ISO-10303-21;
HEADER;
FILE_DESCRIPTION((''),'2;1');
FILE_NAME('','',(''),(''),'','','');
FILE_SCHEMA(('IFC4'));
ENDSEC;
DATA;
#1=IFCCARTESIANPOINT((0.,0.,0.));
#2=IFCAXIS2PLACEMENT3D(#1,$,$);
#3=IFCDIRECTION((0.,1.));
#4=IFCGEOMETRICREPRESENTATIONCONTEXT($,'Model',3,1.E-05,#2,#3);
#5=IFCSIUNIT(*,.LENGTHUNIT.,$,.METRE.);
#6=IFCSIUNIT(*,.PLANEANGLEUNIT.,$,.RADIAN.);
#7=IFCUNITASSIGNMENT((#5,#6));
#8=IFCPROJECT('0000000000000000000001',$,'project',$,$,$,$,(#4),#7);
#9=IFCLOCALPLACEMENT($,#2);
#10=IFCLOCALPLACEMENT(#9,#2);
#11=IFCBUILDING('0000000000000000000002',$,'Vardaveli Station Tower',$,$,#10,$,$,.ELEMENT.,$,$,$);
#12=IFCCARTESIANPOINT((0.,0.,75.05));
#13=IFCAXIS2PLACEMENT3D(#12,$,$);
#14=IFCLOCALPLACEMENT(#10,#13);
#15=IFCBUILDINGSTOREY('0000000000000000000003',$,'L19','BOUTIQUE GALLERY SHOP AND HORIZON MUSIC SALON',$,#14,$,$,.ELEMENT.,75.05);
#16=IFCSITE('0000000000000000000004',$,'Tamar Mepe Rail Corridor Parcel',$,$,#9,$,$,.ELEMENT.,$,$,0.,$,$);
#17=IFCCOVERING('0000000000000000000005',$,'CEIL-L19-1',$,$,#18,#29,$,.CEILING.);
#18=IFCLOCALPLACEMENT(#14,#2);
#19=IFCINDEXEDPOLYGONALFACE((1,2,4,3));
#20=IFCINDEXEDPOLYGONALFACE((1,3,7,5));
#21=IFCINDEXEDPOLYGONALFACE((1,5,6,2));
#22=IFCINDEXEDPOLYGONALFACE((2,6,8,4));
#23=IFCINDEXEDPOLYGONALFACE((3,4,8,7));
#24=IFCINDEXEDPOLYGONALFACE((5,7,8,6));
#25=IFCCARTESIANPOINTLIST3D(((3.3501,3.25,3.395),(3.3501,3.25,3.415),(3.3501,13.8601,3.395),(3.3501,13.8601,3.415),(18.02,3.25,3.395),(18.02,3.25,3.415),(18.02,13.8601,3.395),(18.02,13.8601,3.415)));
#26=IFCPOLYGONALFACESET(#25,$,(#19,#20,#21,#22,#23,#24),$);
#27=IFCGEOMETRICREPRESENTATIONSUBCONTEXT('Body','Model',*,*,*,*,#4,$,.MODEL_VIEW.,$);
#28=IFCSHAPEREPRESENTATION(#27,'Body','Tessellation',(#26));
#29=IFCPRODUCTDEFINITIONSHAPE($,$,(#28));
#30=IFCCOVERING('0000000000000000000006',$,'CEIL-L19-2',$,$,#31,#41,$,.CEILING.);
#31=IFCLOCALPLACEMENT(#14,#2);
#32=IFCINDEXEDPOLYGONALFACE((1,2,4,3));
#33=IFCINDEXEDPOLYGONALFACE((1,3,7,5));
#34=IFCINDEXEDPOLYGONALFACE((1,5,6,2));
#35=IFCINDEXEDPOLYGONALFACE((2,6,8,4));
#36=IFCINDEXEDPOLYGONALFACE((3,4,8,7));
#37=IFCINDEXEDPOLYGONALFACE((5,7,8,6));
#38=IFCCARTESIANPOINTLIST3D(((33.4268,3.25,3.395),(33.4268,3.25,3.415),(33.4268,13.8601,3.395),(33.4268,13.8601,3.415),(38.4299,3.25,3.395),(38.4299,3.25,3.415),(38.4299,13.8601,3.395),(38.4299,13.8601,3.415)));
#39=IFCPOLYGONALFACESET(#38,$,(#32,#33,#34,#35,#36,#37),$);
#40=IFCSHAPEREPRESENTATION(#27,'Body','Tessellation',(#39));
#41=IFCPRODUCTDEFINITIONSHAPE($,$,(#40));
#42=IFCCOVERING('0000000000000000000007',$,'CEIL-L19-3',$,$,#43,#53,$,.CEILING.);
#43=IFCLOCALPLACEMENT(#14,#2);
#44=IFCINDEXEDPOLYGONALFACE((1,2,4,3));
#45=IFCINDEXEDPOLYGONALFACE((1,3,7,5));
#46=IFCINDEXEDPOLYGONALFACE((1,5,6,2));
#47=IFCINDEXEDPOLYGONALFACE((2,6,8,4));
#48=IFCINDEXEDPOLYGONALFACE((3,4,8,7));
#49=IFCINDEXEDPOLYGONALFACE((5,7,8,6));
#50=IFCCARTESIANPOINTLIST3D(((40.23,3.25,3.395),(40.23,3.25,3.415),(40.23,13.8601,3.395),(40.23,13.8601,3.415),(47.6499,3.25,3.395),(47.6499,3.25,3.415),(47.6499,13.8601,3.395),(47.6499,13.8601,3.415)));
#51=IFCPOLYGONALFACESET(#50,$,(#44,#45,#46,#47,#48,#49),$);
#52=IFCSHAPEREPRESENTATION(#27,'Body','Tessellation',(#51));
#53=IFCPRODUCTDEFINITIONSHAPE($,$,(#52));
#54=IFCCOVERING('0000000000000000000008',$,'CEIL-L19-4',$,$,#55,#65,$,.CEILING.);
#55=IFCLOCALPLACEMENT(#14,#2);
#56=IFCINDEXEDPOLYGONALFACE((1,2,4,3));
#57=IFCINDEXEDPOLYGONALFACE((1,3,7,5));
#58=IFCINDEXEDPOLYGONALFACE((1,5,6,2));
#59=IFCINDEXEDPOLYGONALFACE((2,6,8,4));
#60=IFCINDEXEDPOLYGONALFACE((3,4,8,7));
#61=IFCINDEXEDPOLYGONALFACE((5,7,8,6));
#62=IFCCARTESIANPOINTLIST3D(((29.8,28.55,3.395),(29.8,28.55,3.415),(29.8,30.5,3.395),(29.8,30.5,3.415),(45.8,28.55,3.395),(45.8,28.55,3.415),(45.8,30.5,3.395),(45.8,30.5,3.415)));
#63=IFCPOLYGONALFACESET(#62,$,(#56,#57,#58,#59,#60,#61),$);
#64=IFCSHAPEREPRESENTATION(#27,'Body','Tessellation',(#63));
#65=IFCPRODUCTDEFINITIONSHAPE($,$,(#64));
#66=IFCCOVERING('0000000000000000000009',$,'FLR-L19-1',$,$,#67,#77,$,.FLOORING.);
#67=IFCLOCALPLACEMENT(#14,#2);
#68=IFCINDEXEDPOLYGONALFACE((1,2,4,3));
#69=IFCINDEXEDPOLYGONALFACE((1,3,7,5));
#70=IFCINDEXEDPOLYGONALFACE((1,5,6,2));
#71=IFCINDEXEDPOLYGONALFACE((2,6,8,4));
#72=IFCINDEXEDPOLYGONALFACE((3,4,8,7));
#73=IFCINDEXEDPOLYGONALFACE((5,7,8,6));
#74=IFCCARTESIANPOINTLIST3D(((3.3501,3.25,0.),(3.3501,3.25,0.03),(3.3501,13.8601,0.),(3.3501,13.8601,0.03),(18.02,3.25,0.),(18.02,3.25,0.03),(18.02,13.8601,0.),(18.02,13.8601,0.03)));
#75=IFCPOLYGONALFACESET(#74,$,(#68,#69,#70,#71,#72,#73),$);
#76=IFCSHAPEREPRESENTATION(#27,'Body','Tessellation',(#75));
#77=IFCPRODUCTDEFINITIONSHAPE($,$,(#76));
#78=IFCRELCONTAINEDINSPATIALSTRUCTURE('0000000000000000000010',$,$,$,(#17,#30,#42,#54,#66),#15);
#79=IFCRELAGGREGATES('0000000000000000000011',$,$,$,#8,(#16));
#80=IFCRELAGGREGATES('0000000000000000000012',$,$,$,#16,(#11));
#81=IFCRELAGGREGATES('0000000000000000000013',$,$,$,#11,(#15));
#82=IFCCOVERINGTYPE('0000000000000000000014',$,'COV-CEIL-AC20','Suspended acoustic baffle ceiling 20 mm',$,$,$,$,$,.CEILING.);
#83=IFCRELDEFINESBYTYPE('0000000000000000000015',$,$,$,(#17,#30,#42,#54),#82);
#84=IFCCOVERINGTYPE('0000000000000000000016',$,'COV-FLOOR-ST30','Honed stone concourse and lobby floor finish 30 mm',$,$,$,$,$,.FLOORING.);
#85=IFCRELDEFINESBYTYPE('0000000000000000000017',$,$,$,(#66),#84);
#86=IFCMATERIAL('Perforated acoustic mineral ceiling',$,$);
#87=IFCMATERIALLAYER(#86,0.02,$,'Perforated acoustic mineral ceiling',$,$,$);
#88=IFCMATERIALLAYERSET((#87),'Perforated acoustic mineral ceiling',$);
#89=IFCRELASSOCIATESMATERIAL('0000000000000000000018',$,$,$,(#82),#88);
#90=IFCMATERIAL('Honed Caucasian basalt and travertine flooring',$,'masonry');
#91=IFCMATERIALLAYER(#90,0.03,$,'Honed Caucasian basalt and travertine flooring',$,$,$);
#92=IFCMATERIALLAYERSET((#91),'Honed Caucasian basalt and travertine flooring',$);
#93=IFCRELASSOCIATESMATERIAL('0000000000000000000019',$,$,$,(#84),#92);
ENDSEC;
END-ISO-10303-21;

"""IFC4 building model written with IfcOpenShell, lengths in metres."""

from ifc_helpers import new_model, si_unit, direction, frame, origin, place, context, subcontext, project, spatial, polyline, outline, extrude, material, layer, layer_set, type_object, element, save


model = new_model("IFC4")

# Units and contexts
model_context = context("Model", 3, precision=1e-05, world=origin(), true_north=direction((0.0, 1.0)))
body_context = subcontext(model_context, "Body", "Model", "MODEL_VIEW")
ifc_project = project(units=[si_unit("LENGTHUNIT", "METRE"), si_unit("PLANEANGLEUNIT", "RADIAN")], contexts=[model_context])

# Site, building, storey
site_placement = place(None, origin())
site = spatial("IfcSite", under=ifc_project, at=site_placement, Name="Tamar Mepe Rail Corridor Parcel", CompositionType="ELEMENT", RefElevation=0.0)
building_placement = place(site_placement, origin())
building = spatial("IfcBuilding", under=site, at=building_placement, Name="Vardaveli Station Tower", CompositionType="ELEMENT")
storey_placement = place(building_placement, frame((0.0, 0.0, 75.05)))
storey = spatial("IfcBuildingStorey", under=building, at=storey_placement, Name="L19", Description="BOUTIQUE GALLERY SHOP AND HORIZON MUSIC SALON", CompositionType="ELEMENT", Elevation=75.05)

# Coverings
ifc_material_1 = material(Name="Perforated acoustic mineral ceiling")
ifc_layer_1 = layer(ifc_material_1, 0.02, Name="Perforated acoustic mineral ceiling")
ifc_layer_set_1 = layer_set([ifc_layer_1], Name="Perforated acoustic mineral ceiling")
covering_type_1 = type_object("IfcCoveringType", Name="COV-CEIL-AC20", Description="Suspended acoustic baffle ceiling 20 mm", PredefinedType="CEILING", material=ifc_layer_set_1)
covering_1_placement = place(storey_placement, frame((0.0, 0.0, 3.395)))
element("IfcCovering", 1, at=covering_1_placement, inside=storey, type_object=covering_type_1, Name="CEIL-L19-1", PredefinedType="CEILING", context=body_context, shape_type="SweptSolid", body=[
    extrude(outline(polyline([(3.3501, 3.25), (18.02, 3.25), (18.02, 13.8601), (3.3501, 13.8601), (3.3501, 3.25)])), origin(), (0.0, 0.0, 1.0), 0.02),
])
covering_2_placement = place(storey_placement, frame((0.0, 0.0, 3.395)))
element("IfcCovering", 2, at=covering_2_placement, inside=storey, type_object=covering_type_1, Name="CEIL-L19-2", PredefinedType="CEILING", context=body_context, shape_type="SweptSolid", body=[
    extrude(outline(polyline([(33.4268, 3.25), (38.4299, 3.25), (38.4299, 13.8601), (33.4268, 13.8601), (33.4268, 3.25)])), origin(), (0.0, 0.0, 1.0), 0.02),
])
covering_3_placement = place(storey_placement, frame((0.0, 0.0, 3.395)))
element("IfcCovering", 3, at=covering_3_placement, inside=storey, type_object=covering_type_1, Name="CEIL-L19-3", PredefinedType="CEILING", context=body_context, shape_type="SweptSolid", body=[
    extrude(outline(polyline([(40.23, 3.25), (47.6499, 3.25), (47.6499, 13.8601), (40.23, 13.8601), (40.23, 3.25)])), origin(), (0.0, 0.0, 1.0), 0.02),
])
covering_4_placement = place(storey_placement, frame((0.0, 0.0, 3.395)))
element("IfcCovering", 4, at=covering_4_placement, inside=storey, type_object=covering_type_1, Name="CEIL-L19-4", PredefinedType="CEILING", context=body_context, shape_type="SweptSolid", body=[
    extrude(outline(polyline([(29.8, 28.55), (45.8, 28.55), (45.8, 30.5), (29.8, 30.5), (29.8, 28.55)])), origin(), (0.0, 0.0, 1.0), 0.02),
])
ifc_material_2 = material(Name="Honed Caucasian basalt and travertine flooring", Category="masonry")
ifc_layer_2 = layer(ifc_material_2, 0.03, Name="Honed Caucasian basalt and travertine flooring")
ifc_layer_set_2 = layer_set([ifc_layer_2], Name="Honed Caucasian basalt and travertine flooring")
covering_type_2 = type_object("IfcCoveringType", Name="COV-FLOOR-ST30", Description="Honed stone concourse and lobby floor finish 30 mm", PredefinedType="FLOORING", material=ifc_layer_set_2)
covering_5_placement = place(storey_placement, origin())
element("IfcCovering", 5, at=covering_5_placement, inside=storey, type_object=covering_type_2, Name="FLR-L19-1", PredefinedType="FLOORING", context=body_context, shape_type="SweptSolid", body=[
    extrude(outline(polyline([(3.3501, 3.25), (18.02, 3.25), (18.02, 13.8601), (3.3501, 13.8601), (3.3501, 3.25)])), origin(), (0.0, 0.0, 1.0), 0.03),
])

save(model, "model.ifc")
